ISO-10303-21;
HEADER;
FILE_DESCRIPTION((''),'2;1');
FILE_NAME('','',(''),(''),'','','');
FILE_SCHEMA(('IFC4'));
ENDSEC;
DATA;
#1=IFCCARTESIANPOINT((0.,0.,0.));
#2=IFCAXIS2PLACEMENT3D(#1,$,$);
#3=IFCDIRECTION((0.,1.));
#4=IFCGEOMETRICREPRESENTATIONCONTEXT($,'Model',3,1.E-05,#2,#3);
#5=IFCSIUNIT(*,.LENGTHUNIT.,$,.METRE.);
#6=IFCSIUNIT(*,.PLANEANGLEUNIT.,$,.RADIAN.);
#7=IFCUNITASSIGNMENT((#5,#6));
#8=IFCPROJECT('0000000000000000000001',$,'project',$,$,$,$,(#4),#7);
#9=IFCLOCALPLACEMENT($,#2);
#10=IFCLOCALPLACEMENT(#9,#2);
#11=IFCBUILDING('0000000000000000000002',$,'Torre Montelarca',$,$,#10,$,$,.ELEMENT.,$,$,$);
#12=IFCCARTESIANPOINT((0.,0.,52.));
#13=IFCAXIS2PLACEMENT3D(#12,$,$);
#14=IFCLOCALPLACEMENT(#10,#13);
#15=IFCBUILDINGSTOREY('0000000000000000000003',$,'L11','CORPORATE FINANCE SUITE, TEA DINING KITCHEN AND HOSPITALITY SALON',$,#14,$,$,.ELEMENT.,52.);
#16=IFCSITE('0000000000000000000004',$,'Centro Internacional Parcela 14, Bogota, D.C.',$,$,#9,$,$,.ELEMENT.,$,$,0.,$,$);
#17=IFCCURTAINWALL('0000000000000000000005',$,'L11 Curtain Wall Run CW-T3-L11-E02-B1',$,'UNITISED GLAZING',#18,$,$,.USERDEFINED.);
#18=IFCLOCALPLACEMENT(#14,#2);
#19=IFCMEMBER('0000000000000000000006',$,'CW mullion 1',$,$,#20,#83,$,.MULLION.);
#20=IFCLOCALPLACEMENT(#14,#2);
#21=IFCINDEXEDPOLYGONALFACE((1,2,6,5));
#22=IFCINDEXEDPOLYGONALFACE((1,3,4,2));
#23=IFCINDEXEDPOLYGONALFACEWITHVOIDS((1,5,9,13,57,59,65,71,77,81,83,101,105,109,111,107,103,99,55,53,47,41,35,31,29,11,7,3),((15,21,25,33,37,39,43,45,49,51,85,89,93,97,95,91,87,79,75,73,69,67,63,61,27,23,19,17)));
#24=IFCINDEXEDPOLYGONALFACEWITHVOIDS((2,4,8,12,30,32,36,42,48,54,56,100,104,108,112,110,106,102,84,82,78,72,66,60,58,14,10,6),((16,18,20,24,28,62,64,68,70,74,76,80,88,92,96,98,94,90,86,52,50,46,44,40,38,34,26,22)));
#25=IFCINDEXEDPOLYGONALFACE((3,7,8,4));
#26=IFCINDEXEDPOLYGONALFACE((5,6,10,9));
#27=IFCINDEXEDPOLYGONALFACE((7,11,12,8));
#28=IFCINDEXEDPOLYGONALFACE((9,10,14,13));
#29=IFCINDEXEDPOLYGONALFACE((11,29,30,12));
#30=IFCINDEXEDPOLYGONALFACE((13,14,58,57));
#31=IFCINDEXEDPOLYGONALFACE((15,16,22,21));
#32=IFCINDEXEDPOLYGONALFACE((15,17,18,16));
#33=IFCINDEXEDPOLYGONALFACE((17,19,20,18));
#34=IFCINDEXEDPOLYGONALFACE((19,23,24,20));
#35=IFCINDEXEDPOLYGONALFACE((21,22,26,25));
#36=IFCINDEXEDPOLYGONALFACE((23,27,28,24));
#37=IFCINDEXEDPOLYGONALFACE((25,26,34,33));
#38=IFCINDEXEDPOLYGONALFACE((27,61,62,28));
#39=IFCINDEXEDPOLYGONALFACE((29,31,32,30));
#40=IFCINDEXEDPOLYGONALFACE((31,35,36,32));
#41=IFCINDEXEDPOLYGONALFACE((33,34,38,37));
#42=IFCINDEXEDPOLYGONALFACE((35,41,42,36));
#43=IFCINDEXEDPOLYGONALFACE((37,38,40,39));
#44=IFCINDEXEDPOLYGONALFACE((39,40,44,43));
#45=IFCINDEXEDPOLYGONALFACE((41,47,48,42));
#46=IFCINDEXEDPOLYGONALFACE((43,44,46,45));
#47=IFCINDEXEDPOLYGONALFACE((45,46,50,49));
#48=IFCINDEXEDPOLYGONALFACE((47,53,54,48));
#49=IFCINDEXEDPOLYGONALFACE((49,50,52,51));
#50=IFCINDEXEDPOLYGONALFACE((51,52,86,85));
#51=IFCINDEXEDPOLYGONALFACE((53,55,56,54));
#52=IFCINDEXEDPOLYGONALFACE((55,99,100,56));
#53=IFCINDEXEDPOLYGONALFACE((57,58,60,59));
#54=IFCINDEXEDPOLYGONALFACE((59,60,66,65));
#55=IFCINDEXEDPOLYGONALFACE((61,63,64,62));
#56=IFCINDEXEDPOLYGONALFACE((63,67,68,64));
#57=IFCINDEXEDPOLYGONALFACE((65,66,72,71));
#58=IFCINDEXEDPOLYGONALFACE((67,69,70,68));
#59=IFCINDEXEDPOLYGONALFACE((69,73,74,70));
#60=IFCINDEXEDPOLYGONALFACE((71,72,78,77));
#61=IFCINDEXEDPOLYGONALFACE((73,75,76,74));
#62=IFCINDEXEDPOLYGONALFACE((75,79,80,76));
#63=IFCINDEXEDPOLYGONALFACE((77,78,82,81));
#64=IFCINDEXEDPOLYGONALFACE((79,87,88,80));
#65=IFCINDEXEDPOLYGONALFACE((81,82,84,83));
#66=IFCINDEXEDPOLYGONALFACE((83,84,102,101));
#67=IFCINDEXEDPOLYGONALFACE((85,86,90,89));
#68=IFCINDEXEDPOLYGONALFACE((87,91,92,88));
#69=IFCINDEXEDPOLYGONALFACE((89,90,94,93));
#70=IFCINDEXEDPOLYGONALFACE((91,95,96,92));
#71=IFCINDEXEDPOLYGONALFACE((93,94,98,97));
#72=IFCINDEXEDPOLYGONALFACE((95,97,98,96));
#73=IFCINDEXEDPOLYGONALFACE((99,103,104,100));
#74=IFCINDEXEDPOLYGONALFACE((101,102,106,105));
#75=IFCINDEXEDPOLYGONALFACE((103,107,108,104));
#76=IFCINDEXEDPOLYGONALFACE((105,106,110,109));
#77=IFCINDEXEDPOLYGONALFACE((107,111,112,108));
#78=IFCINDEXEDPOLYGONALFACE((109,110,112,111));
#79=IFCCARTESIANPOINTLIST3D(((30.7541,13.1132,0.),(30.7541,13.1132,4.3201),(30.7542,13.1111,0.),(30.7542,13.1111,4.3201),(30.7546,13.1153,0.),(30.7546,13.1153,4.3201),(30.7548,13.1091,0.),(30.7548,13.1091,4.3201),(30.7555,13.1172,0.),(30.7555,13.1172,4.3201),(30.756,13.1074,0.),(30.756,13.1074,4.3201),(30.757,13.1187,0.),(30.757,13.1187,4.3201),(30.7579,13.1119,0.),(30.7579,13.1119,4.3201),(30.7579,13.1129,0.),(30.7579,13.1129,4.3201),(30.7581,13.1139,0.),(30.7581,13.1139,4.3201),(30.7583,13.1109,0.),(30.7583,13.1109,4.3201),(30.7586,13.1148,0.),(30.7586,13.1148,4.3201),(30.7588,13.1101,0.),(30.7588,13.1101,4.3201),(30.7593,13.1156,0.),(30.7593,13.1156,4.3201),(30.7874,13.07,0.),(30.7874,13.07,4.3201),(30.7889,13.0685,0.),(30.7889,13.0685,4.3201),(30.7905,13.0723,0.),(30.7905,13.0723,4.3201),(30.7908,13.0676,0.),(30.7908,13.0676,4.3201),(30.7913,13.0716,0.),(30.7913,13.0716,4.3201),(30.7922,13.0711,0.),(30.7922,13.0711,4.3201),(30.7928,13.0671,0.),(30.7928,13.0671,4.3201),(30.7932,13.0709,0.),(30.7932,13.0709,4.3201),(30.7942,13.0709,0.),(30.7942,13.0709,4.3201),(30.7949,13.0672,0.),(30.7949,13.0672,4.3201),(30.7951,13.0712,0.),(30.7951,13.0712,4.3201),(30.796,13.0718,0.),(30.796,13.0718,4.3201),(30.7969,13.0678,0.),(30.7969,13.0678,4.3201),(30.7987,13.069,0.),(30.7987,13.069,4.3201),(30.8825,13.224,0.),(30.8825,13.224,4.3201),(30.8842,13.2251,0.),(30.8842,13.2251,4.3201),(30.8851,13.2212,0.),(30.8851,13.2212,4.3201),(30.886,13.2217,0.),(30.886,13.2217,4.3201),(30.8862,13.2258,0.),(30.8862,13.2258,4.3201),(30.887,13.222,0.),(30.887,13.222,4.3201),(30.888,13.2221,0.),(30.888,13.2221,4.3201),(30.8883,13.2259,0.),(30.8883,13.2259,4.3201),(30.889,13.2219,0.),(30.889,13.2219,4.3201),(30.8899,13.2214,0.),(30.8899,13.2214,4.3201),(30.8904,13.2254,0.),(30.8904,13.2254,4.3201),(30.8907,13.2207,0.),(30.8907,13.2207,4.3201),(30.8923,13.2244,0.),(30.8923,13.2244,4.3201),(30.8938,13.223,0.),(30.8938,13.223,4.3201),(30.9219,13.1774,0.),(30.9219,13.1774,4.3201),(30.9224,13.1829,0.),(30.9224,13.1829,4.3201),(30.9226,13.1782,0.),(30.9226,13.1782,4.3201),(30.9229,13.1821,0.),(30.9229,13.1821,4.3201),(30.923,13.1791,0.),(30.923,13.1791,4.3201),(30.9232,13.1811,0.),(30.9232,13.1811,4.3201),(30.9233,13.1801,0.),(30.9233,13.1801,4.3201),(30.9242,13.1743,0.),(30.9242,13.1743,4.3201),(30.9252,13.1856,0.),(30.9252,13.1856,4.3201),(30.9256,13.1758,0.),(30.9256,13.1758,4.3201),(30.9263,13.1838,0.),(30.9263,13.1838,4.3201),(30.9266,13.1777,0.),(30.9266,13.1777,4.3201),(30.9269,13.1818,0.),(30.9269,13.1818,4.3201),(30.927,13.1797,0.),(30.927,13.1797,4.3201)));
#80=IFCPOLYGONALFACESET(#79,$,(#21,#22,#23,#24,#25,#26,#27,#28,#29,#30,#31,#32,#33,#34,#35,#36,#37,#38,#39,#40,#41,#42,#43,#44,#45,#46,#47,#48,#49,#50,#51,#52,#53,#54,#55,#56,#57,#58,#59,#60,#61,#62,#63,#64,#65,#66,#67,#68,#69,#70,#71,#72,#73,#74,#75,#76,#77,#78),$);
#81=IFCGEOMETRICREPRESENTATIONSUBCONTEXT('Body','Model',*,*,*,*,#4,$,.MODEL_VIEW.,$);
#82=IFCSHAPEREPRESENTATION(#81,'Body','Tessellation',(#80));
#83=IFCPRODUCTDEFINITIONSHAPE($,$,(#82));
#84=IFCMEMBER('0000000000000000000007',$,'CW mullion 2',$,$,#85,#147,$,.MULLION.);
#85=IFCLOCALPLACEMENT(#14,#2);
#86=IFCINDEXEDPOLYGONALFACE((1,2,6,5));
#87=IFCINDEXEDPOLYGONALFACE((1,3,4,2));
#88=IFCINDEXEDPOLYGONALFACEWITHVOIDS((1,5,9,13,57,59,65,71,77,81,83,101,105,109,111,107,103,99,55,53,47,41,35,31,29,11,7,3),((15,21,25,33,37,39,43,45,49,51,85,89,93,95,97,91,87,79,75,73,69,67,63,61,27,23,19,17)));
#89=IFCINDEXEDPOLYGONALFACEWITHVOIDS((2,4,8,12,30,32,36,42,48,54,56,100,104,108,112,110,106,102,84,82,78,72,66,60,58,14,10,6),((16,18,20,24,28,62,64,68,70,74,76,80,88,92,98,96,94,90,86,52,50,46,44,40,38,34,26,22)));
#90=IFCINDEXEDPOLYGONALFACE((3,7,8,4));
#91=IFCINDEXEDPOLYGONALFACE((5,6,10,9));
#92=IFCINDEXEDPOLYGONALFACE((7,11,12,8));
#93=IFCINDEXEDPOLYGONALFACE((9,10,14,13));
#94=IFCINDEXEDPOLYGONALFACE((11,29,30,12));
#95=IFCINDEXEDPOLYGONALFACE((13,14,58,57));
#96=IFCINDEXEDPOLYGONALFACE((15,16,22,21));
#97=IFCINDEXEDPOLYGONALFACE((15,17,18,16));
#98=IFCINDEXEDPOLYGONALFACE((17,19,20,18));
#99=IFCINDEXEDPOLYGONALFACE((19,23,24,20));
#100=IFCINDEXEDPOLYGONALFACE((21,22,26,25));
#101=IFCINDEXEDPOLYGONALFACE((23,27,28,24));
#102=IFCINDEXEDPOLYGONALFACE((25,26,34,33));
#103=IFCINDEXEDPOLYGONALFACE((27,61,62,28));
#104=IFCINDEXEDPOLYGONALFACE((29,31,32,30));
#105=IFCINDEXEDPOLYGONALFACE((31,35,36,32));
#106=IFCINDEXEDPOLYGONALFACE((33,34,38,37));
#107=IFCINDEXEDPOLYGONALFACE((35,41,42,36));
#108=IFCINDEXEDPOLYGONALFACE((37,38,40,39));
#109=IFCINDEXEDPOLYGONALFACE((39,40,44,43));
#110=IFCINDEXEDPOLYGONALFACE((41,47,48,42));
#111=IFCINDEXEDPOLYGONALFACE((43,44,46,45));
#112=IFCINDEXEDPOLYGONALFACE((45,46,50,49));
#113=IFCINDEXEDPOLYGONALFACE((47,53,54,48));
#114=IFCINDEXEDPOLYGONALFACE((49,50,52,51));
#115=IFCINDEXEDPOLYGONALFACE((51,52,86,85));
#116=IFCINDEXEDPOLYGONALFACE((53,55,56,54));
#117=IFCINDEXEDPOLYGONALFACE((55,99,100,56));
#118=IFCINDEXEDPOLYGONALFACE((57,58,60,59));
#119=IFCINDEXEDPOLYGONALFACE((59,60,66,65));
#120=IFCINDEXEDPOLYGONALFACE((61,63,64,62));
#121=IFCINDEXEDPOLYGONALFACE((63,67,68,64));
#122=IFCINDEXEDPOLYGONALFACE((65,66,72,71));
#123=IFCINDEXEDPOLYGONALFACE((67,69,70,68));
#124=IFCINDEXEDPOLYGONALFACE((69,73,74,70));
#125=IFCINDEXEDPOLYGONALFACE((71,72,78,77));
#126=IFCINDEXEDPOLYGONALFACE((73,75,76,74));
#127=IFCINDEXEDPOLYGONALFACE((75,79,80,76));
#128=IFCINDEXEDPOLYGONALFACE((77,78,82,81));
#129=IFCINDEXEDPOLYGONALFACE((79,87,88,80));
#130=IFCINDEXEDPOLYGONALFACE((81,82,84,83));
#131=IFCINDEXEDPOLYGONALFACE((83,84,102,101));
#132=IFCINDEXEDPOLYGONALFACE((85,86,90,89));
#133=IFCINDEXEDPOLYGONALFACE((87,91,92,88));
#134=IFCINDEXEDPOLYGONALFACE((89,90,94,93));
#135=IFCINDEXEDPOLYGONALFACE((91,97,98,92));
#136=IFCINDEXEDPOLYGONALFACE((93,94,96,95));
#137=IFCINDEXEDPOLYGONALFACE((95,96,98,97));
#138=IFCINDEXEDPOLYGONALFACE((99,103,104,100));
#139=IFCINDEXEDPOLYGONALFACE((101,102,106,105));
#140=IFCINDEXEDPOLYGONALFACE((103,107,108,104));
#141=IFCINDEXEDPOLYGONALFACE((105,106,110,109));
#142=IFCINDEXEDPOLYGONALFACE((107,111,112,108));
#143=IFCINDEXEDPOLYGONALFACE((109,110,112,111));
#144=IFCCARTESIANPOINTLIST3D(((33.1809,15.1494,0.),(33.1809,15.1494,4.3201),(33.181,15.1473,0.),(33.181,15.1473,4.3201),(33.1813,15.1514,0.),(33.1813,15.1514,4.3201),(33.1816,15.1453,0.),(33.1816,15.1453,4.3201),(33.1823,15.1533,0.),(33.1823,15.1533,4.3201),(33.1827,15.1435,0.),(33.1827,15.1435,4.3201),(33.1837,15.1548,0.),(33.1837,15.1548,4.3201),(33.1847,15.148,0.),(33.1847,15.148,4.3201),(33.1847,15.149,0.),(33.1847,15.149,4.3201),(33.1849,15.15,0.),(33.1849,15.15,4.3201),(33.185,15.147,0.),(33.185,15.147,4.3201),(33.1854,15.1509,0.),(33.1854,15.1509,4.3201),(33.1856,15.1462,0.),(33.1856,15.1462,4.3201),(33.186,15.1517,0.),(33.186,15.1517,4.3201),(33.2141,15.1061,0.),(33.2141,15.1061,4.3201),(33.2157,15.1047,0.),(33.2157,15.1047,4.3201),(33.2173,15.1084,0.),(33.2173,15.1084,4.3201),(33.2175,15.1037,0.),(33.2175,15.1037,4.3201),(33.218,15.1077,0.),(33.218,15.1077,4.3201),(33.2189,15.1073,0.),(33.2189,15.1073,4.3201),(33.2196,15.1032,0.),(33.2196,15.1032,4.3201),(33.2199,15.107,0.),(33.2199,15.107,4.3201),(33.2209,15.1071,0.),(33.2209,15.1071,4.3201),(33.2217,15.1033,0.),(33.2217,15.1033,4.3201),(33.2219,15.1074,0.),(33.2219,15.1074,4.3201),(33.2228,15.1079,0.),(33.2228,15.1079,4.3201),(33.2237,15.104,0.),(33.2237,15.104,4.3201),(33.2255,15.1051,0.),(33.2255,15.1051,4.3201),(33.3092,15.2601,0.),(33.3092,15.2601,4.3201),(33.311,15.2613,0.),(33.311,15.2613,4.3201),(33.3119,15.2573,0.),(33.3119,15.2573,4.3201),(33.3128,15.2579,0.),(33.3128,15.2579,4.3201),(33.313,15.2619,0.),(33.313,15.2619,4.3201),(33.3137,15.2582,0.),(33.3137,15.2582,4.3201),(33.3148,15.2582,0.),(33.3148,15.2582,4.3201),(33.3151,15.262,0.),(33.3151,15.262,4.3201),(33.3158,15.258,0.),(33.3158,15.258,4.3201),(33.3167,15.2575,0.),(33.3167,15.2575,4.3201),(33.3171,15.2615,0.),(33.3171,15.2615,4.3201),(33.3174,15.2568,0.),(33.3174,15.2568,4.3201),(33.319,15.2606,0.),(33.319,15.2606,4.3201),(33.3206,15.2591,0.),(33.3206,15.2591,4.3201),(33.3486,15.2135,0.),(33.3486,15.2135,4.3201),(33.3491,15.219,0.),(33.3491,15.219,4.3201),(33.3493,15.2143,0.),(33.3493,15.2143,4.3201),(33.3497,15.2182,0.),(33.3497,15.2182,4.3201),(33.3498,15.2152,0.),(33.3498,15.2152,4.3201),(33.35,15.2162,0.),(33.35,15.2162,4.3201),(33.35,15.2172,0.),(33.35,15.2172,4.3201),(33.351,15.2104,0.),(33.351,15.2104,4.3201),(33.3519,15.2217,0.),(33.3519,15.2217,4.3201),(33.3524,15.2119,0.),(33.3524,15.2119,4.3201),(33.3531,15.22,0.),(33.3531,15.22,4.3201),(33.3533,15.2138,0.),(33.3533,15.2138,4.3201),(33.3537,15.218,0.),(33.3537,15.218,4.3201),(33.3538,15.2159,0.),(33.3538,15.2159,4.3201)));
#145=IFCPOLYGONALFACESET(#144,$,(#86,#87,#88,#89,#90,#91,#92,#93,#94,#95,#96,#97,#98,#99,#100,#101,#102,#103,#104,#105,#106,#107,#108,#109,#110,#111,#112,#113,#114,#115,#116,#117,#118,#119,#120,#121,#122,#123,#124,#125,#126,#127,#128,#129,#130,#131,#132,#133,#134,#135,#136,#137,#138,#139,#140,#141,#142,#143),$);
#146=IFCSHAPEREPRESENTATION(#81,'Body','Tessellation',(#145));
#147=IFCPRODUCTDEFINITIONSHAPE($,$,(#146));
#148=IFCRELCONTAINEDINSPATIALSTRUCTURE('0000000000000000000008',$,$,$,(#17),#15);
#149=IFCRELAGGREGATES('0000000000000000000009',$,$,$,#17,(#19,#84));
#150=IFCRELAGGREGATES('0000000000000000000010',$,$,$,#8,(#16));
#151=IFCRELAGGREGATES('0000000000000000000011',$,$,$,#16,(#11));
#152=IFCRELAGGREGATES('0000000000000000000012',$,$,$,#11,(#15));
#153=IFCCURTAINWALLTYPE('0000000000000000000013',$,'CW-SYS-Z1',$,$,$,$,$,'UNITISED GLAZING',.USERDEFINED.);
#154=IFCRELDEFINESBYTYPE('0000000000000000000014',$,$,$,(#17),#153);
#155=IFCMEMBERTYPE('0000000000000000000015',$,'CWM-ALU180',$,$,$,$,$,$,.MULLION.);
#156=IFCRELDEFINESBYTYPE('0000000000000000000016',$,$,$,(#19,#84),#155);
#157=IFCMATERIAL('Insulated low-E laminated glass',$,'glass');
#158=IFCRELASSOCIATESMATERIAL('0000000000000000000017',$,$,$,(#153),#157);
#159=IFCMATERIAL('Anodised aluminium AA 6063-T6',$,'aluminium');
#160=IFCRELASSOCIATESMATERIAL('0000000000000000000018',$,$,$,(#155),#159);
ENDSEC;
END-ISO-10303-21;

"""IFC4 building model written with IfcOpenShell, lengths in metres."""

from ifc_helpers import new_model, si_unit, direction, frame, origin, origin_2d, place, context, subcontext, project, spatial, hollow_rectangle, extrude, source, transform, mapped, material, material_profile, profile_set, type_object, element, aggregate, save


model = new_model("IFC4")

# Units and contexts
model_context = context("Model", 3, precision=1e-05, world=origin(), true_north=direction((0.0, 1.0)))
body_context = subcontext(model_context, "Body", "Model", "MODEL_VIEW")
ifc_project = project(units=[si_unit("LENGTHUNIT", "METRE"), si_unit("PLANEANGLEUNIT", "RADIAN")], contexts=[model_context])

# Site, building, storey
site_placement = place(None, origin())
site = spatial("IfcSite", under=ifc_project, at=site_placement, Name="Centro Internacional Parcela 14, Bogota, D.C.", CompositionType="ELEMENT", RefElevation=0.0)
building_placement = place(site_placement, origin())
building = spatial("IfcBuilding", under=site, at=building_placement, Name="Torre Montelarca", CompositionType="ELEMENT")
storey_placement = place(building_placement, frame((0.0, 0.0, 52.0)))
storey = spatial("IfcBuildingStorey", under=building, at=storey_placement, Name="L11", Description="CORPORATE FINANCE SUITE, TEA DINING KITCHEN AND HOSPITALITY SALON", CompositionType="ELEMENT", Elevation=52.0)

# Shared definitions
ifc_material_1 = material(Name="Insulated low-E laminated glass", Category="glass")
curtain_wall_type = type_object("IfcCurtainWallType", Name="CW-SYS-Z1", ElementType="UNITISED GLAZING", PredefinedType="USERDEFINED", material=ifc_material_1)
ifc_material_2 = material(Name="Anodised aluminium AA 6063-T6", Category="aluminium")
ifc_material_profile_1 = material_profile(ifc_material_2, hollow_rectangle(XDim=0.0649, YDim=0.1799, WallThickness=0.0039, InnerFilletRadius=0.0039, OuterFilletRadius=0.0081, at=origin_2d()), Name="ALU65X180X4", Category="aluminium")
ifc_profile_set_1 = profile_set([ifc_material_profile_1], Name="Anodised aluminium AA 6063-T6")
member_type_1 = type_object("IfcMemberType", Name="CWM-ALU180", PredefinedType="MULLION", material=ifc_profile_set_1)
shared_shape_1 = source(origin(), body_context, "Body", "SweptSolid", [
    extrude(hollow_rectangle(XDim=0.0649, YDim=0.1799, WallThickness=0.0039, InnerFilletRadius=0.0039, OuterFilletRadius=0.0081, at=origin_2d()), origin(), (0.0, 0.0, 1.0), 4.3201),
])

# Curtain wall, members
curtain_wall_1_placement = place(storey_placement, origin())
curtain_wall_1 = element("IfcCurtainWall", 1, at=curtain_wall_1_placement, inside=storey, type_object=curtain_wall_type, Name="L11 Curtain Wall Run CW-T3-L11-E02-B1", ObjectType="UNITISED GLAZING", PredefinedType="USERDEFINED")
member_1_placement = place(storey_placement, frame((30.8406, 13.1465, 0.0), z_axis=(0.0, 0.0, 1.0), x_axis=(-0.642778, 0.766053, 0.0)))
member_1 = element("IfcMember", 2, at=member_1_placement, type_object=member_type_1, Name="CW mullion 1", PredefinedType="MULLION", context=body_context, shape_type="MappedRepresentation", body=[
    mapped(shared_shape_1, transform((0.0, 0.0, 0.0), scale=1.0)),
])
member_2_placement = place(storey_placement, frame((33.2673, 15.1826, 0.0), z_axis=(0.0, 0.0, 1.0), x_axis=(-0.642778, 0.766053, 0.0)))
member_2 = element("IfcMember", 3, at=member_2_placement, type_object=member_type_1, Name="CW mullion 2", PredefinedType="MULLION", context=body_context, shape_type="MappedRepresentation", body=[
    mapped(shared_shape_1, transform((0.0, 0.0, 0.0), scale=1.0)),
])

aggregate(curtain_wall_1, [member_1, member_2])

save(model, "model.ifc")
